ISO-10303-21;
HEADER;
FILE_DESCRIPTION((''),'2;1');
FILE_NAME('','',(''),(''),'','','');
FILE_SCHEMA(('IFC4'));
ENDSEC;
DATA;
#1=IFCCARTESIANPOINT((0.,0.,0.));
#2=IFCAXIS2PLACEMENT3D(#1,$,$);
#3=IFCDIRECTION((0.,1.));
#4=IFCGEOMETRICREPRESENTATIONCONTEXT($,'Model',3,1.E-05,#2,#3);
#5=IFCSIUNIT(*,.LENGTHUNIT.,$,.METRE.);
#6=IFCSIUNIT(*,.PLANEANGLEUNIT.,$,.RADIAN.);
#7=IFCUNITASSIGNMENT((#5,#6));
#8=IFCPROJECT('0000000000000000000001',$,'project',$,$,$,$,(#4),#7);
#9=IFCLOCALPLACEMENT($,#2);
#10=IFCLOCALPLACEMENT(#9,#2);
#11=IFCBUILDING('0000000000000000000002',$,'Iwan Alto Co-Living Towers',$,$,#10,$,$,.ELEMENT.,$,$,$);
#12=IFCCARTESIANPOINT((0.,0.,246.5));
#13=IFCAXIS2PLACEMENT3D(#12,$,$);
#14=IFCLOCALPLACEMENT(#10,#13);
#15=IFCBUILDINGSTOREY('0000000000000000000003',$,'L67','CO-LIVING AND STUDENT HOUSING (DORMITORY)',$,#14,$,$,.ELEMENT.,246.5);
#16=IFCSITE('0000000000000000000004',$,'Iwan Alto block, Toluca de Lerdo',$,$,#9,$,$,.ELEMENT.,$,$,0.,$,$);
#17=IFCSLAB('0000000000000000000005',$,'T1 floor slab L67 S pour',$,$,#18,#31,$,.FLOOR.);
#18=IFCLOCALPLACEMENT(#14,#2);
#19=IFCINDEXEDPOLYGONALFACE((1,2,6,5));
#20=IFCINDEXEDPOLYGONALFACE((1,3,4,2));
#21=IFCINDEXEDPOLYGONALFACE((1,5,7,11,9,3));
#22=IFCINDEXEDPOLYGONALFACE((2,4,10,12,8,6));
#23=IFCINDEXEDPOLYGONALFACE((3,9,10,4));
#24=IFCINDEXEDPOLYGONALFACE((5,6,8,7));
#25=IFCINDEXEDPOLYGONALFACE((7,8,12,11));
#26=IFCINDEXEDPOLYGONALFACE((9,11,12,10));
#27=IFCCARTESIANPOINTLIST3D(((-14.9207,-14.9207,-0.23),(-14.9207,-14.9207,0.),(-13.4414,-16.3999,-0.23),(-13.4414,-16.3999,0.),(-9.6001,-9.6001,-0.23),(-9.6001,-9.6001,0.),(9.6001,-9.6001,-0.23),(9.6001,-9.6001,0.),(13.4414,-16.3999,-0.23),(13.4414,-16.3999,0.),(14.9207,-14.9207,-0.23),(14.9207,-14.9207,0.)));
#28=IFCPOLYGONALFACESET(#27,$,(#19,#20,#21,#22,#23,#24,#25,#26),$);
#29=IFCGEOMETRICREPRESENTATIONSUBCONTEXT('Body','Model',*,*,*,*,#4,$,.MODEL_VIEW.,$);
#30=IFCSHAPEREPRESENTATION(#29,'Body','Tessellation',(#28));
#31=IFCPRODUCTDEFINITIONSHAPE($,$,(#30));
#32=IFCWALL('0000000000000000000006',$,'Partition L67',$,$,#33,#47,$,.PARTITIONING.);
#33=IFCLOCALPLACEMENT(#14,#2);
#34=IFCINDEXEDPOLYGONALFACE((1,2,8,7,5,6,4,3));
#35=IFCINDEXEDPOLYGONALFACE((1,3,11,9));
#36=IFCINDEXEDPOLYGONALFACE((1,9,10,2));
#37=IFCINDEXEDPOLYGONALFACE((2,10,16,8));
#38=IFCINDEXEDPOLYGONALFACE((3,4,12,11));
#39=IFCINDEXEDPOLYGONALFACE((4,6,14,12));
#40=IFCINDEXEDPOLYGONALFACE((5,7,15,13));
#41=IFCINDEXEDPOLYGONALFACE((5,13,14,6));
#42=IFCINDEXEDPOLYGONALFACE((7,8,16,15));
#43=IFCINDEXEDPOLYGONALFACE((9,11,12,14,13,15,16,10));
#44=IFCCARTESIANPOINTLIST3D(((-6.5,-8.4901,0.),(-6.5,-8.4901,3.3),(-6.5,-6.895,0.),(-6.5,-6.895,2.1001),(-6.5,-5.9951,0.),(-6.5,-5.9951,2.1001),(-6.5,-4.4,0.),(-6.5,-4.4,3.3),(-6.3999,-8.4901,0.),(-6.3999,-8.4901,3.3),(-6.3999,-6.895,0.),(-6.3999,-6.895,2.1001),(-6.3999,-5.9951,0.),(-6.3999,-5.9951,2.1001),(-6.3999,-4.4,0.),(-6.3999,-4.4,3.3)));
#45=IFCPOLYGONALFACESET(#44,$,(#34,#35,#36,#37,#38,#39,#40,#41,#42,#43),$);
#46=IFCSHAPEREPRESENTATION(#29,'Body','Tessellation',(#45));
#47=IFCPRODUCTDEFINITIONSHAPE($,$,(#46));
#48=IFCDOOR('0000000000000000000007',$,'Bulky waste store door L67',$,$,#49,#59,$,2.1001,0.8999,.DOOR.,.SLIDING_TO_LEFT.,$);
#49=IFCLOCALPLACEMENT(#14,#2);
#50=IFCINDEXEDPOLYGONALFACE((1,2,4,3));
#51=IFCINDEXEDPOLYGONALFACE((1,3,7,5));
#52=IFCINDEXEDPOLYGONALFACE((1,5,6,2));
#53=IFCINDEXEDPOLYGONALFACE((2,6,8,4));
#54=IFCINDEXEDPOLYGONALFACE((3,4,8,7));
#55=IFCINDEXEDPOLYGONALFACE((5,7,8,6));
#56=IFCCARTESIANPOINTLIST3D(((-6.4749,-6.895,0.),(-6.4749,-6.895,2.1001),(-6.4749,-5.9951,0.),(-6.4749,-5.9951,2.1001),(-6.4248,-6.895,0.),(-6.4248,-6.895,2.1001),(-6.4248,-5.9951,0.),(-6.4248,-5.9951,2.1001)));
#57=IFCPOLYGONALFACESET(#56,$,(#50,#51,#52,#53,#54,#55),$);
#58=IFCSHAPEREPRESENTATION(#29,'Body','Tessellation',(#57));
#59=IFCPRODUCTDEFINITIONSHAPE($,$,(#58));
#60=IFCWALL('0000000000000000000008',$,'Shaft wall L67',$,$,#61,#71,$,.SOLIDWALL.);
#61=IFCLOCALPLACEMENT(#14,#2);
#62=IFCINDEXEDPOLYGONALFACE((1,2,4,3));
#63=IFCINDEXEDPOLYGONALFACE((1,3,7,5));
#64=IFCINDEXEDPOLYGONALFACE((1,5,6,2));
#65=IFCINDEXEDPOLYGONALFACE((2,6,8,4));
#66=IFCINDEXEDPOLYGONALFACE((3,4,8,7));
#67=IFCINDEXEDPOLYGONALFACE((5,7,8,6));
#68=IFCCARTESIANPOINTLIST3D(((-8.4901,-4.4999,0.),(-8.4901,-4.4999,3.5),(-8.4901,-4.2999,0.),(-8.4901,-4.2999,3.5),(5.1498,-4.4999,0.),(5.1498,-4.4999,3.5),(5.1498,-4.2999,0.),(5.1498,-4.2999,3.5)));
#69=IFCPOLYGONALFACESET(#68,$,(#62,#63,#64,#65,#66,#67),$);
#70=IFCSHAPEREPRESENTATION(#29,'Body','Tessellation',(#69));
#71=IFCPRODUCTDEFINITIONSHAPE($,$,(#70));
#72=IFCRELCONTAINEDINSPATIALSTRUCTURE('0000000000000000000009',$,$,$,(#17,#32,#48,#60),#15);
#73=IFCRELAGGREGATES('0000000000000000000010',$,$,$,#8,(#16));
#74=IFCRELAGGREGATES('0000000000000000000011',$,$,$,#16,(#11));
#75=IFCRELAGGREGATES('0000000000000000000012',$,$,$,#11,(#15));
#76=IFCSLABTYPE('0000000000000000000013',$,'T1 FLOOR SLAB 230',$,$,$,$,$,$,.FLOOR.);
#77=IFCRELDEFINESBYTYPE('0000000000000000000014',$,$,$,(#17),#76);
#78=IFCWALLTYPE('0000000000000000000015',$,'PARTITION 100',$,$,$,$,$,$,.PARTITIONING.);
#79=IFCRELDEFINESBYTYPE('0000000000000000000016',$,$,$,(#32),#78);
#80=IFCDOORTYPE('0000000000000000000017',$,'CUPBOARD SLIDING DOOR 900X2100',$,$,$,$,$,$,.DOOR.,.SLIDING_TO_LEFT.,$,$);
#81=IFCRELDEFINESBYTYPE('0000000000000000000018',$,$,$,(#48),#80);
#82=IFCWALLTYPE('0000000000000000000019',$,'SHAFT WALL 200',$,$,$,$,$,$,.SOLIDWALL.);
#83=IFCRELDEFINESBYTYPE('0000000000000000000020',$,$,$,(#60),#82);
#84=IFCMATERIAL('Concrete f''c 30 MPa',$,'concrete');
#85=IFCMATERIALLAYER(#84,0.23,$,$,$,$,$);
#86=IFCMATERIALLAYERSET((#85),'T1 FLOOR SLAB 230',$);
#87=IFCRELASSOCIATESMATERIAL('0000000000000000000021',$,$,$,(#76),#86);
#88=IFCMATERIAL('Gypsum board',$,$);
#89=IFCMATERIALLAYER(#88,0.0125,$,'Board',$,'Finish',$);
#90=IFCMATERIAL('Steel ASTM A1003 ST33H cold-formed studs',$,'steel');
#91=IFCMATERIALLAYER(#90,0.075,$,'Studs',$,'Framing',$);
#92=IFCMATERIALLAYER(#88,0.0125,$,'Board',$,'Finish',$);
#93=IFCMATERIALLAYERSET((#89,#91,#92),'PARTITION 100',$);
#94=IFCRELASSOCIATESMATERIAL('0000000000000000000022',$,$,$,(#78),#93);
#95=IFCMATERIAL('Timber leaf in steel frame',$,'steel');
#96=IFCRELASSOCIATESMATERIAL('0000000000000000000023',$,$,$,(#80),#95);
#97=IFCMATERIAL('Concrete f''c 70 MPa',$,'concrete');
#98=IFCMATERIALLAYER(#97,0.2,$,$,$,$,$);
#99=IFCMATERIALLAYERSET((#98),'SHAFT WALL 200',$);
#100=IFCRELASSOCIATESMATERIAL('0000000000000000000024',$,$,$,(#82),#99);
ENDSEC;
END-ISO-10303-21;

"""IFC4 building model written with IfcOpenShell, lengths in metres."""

from ifc_helpers import new_model, si_unit, direction, frame, frame_2d, origin, place, context, subcontext, project, spatial, polyline, rectangle, outline, extrude, material, layer, layer_set, type_object, element, fill, save


model = new_model("IFC4")

# Units and contexts
model_context = context("Model", 3, precision=1e-05, world=origin(), true_north=direction((0.0, 1.0)))
body_context = subcontext(model_context, "Body", "Model", "MODEL_VIEW")
ifc_project = project(units=[si_unit("LENGTHUNIT", "METRE"), si_unit("PLANEANGLEUNIT", "RADIAN")], contexts=[model_context])

# Site, building, storey
site_placement = place(None, origin())
site = spatial("IfcSite", under=ifc_project, at=site_placement, Name="Iwan Alto block, Toluca de Lerdo", CompositionType="ELEMENT", RefElevation=0.0)
building_placement = place(site_placement, origin())
building = spatial("IfcBuilding", under=site, at=building_placement, Name="Iwan Alto Co-Living Towers", CompositionType="ELEMENT")
storey_placement = place(building_placement, frame((0.0, 0.0, 246.5)))
storey = spatial("IfcBuildingStorey", under=building, at=storey_placement, Name="L67", Description="CO-LIVING AND STUDENT HOUSING (DORMITORY)", CompositionType="ELEMENT", Elevation=246.5)

# Slab
ifc_material_1 = material(Name="Concrete f'c 30 MPa", Category="concrete")
ifc_layer_1 = layer(ifc_material_1, 0.23)
ifc_layer_set_1 = layer_set([ifc_layer_1], Name="T1 FLOOR SLAB 230")
slab_type = type_object("IfcSlabType", Name="T1 FLOOR SLAB 230", PredefinedType="FLOOR", material=ifc_layer_set_1)
slab_placement = place(storey_placement, frame((0.0, 0.0, -0.23)))
element("IfcSlab", 1, at=slab_placement, inside=storey, type_object=slab_type, Name="T1 floor slab L67 S pour", PredefinedType="FLOOR", context=body_context, shape_type="SweptSolid", body=[
    extrude(outline(polyline([(13.4414, -16.3999), (-13.4414, -16.3999), (-14.9207, -14.9207), (-9.6001, -9.6001), (9.6001, -9.6001), (14.9207, -14.9207), (13.4414, -16.3999)])), origin(), (0.0, 0.0, 1.0), 0.23),
])

# Wall, opening, door
ifc_material_2 = material(Name="Gypsum board")
ifc_layer_2 = layer(ifc_material_2, 0.0125, Name="Board", Category="Finish")
ifc_material_3 = material(Name="Steel ASTM A1003 ST33H cold-formed studs", Category="steel")
ifc_layer_3 = layer(ifc_material_3, 0.075, Name="Studs", Category="Framing")
ifc_layer_4 = layer(ifc_material_2, 0.0125, Name="Board", Category="Finish")
ifc_layer_set_2 = layer_set([ifc_layer_2, ifc_layer_3, ifc_layer_4], Name="PARTITION 100")
wall_type_1 = type_object("IfcWallType", Name="PARTITION 100", PredefinedType="PARTITIONING", material=ifc_layer_set_2)
wall_1_placement = place(storey_placement, frame((-6.45, -8.49, 0.0), z_axis=(0.0, 0.0, 1.0), x_axis=(0.0, 1.0, 0.0)))
wall_1 = element("IfcWall", 2, at=wall_1_placement, inside=storey, type_object=wall_type_1, Name="Partition L67", PredefinedType="PARTITIONING", context=body_context, shape_type="SweptSolid", body=[
    extrude(rectangle(XDim=4.0901, YDim=0.1001, at=frame_2d((2.0449, 0.0))), origin(), (0.0, 0.0, 1.0), 3.3),
])
opening_1_placement = place(wall_1_placement, frame((1.595, 0.0, 0.0)))
opening_1 = element("IfcOpeningElement", 3, at=opening_1_placement, cuts=wall_1, PredefinedType="OPENING", context=body_context, shape_type="SweptSolid", body=[
    extrude(rectangle(XDim=0.8999, YDim=2.1001, at=frame_2d((0.45, 1.05))), frame((0.0, 0.0601, 0.0), z_axis=(0.0, -1.0, 0.0), x_axis=(1.0, 0.0, 0.0)), (0.0, 0.0, 1.0), 0.1201),
])
ifc_material_4 = material(Name="Timber leaf in steel frame", Category="steel")
door_type_1 = type_object("IfcDoorType", Name="CUPBOARD SLIDING DOOR 900X2100", OperationType="SLIDING_TO_LEFT", PredefinedType="DOOR", material=ifc_material_4)
door_1_placement = place(opening_1_placement, origin())
door_1 = element("IfcDoor", 4, at=door_1_placement, inside=storey, type_object=door_type_1, Name="Bulky waste store door L67", OperationType="SLIDING_TO_LEFT", OverallHeight=2.1001, OverallWidth=0.8999, PredefinedType="DOOR", context=body_context, shape_type="SweptSolid", body=[
    extrude(rectangle(XDim=0.8999, YDim=2.1001, at=frame_2d((0.45, 1.05))), frame((0.0, 0.0249, 0.0), z_axis=(0.0, -1.0, 0.0), x_axis=(1.0, 0.0, 0.0)), (0.0, 0.0, 1.0), 0.05),
])
fill(opening_1, door_1)

# Wall
ifc_material_5 = material(Name="Concrete f'c 70 MPa", Category="concrete")
ifc_layer_5 = layer(ifc_material_5, 0.2)
ifc_layer_set_3 = layer_set([ifc_layer_5], Name="SHAFT WALL 200")
wall_type_2 = type_object("IfcWallType", Name="SHAFT WALL 200", PredefinedType="SOLIDWALL", material=ifc_layer_set_3)
wall_2_placement = place(storey_placement, frame((-8.49, -4.3999, 0.0), z_axis=(0.0, 0.0, 1.0), x_axis=(1.0, 0.0, 0.0)))
element("IfcWall", 5, at=wall_2_placement, inside=storey, type_object=wall_type_2, Name="Shaft wall L67", PredefinedType="SOLIDWALL", context=body_context, shape_type="SweptSolid", body=[
    extrude(rectangle(XDim=13.6399, YDim=0.2, at=frame_2d((6.8198, 0.0))), origin(), (0.0, 0.0, 1.0), 3.5),
])

save(model, "model.ifc")
